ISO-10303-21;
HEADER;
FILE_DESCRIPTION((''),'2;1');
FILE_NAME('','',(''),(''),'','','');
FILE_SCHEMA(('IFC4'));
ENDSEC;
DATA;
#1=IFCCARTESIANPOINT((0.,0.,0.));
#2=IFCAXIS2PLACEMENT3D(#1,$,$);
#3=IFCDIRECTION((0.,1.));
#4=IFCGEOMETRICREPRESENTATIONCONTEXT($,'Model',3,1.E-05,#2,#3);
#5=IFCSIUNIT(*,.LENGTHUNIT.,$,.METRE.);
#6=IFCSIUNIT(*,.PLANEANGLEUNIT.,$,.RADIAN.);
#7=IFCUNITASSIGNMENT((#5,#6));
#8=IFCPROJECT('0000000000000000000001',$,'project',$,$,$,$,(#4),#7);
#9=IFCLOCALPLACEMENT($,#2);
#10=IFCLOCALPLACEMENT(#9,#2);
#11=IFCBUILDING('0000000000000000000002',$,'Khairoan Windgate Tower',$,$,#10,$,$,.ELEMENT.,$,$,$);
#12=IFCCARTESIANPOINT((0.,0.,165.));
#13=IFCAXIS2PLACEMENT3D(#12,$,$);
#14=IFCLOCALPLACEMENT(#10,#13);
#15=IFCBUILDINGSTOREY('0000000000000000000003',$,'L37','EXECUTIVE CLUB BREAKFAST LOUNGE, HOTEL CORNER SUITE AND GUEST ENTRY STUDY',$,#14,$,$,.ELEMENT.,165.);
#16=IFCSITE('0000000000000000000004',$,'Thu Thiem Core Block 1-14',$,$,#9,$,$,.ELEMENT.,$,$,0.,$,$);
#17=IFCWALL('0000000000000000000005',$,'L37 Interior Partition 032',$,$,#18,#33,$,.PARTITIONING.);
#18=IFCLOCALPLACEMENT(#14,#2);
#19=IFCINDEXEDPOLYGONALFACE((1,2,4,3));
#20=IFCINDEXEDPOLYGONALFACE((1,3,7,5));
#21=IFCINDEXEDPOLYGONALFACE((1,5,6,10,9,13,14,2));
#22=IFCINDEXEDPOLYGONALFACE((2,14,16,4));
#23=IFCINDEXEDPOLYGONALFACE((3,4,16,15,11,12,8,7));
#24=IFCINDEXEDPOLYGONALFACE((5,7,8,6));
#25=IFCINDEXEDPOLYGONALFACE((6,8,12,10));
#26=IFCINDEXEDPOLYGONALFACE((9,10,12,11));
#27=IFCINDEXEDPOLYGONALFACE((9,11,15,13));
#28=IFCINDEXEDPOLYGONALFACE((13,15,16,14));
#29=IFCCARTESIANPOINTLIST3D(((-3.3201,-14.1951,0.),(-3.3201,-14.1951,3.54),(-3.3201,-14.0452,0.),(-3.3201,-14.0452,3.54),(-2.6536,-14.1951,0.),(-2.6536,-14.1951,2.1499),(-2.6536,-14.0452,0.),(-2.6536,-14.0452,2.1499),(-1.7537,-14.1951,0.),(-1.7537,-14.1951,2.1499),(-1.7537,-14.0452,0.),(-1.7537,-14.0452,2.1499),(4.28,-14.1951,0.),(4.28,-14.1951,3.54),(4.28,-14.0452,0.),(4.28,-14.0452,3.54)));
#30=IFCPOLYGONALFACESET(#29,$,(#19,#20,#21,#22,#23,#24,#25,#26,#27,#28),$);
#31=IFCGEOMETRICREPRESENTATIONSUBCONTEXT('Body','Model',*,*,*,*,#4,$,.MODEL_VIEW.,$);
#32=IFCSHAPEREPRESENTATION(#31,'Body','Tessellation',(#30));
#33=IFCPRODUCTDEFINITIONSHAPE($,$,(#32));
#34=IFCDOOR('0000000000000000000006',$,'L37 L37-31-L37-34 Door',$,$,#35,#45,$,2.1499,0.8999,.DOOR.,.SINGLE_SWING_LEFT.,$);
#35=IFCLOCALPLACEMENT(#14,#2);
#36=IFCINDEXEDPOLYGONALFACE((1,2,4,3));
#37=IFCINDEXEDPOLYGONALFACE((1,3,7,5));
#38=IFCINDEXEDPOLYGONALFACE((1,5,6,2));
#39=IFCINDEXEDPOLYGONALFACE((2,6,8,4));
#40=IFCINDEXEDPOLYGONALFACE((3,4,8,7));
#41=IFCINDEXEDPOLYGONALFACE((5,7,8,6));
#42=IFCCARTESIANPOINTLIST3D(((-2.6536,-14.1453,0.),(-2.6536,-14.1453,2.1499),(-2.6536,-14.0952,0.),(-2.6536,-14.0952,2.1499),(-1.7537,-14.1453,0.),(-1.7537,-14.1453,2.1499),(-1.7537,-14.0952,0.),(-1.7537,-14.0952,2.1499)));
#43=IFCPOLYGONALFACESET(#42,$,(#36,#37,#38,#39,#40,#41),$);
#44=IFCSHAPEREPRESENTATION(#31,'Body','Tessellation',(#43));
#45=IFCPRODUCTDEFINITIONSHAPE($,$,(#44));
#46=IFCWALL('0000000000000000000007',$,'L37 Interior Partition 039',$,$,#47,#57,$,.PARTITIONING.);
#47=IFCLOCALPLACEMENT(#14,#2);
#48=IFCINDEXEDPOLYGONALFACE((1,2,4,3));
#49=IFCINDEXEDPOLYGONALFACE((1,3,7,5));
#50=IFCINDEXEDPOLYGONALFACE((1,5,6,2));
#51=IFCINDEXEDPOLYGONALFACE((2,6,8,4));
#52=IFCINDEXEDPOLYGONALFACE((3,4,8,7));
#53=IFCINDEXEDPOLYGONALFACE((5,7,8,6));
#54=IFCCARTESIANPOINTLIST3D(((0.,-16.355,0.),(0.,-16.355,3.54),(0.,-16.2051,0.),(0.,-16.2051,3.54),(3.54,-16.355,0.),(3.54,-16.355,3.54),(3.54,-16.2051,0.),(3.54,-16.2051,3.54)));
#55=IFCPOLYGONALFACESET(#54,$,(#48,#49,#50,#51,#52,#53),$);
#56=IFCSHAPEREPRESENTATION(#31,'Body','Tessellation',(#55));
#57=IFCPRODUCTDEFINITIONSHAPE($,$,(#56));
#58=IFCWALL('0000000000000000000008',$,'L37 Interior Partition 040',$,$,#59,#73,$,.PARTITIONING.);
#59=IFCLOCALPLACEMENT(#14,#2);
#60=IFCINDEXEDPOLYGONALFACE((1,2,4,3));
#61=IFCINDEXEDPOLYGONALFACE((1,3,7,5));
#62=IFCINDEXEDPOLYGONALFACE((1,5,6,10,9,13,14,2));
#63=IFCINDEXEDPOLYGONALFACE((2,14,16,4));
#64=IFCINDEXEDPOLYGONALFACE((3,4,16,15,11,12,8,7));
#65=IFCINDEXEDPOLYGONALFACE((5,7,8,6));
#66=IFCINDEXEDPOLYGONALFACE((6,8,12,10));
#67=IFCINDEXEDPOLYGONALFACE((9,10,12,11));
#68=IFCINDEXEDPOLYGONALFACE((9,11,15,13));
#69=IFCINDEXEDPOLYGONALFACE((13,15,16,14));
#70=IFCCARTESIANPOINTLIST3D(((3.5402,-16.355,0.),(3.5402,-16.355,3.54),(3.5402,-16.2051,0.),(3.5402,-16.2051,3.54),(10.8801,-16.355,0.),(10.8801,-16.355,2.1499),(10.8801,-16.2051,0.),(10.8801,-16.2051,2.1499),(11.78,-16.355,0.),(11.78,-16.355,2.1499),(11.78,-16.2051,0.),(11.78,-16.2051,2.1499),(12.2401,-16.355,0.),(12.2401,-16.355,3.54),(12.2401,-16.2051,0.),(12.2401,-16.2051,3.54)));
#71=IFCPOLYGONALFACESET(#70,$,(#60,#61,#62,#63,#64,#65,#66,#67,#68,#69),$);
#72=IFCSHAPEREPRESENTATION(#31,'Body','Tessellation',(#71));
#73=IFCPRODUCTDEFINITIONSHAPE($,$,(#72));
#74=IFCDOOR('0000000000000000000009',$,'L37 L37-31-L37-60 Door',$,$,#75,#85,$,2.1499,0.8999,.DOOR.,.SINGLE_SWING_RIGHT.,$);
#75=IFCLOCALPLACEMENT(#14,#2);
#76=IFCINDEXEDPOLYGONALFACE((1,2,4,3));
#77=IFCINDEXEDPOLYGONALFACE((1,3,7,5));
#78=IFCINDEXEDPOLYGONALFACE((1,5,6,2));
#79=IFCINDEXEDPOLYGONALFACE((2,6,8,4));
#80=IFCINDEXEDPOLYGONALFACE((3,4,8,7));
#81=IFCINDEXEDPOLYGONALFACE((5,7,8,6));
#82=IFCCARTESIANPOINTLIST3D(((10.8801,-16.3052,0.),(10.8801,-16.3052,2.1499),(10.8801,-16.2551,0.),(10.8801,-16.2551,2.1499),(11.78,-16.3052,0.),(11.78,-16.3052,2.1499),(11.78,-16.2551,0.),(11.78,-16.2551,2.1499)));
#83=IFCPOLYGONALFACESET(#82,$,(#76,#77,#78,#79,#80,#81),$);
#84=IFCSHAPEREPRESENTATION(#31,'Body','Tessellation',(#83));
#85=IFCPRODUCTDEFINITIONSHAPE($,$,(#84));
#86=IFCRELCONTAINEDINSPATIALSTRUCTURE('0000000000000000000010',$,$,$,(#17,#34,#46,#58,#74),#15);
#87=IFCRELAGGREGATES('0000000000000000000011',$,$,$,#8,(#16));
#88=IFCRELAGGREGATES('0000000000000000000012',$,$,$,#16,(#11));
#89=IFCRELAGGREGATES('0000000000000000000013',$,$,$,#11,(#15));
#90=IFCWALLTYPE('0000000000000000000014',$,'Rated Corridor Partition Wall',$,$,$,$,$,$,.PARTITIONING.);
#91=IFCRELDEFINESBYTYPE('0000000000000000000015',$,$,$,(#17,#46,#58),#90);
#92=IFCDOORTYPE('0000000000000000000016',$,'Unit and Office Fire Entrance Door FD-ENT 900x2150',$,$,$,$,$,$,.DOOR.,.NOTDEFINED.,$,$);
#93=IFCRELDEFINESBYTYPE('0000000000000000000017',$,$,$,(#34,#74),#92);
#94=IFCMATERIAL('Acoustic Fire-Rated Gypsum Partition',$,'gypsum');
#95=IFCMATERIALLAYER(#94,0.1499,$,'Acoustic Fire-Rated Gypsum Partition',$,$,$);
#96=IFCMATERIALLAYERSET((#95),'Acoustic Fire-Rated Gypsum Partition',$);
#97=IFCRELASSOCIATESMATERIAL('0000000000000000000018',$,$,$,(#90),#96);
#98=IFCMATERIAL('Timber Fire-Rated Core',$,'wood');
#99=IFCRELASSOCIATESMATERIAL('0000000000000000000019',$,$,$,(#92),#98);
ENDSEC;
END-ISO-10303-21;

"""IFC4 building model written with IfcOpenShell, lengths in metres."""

from ifc_helpers import new_model, si_unit, direction, frame, frame_2d, origin, place, context, subcontext, project, spatial, rectangle, extrude, material, layer, layer_set, type_object, element, fill, save


model = new_model("IFC4")

# Units and contexts
model_context = context("Model", 3, precision=1e-05, world=origin(), true_north=direction((0.0, 1.0)))
body_context = subcontext(model_context, "Body", "Model", "MODEL_VIEW")
ifc_project = project(units=[si_unit("LENGTHUNIT", "METRE"), si_unit("PLANEANGLEUNIT", "RADIAN")], contexts=[model_context])

# Site, building, storey
site_placement = place(None, origin())
site = spatial("IfcSite", under=ifc_project, at=site_placement, Name="Thu Thiem Core Block 1-14", CompositionType="ELEMENT", RefElevation=0.0)
building_placement = place(site_placement, origin())
building = spatial("IfcBuilding", under=site, at=building_placement, Name="Khairoan Windgate Tower", CompositionType="ELEMENT")
storey_placement = place(building_placement, frame((0.0, 0.0, 165.0)))
storey = spatial("IfcBuildingStorey", under=building, at=storey_placement, Name="L37", Description="EXECUTIVE CLUB BREAKFAST LOUNGE, HOTEL CORNER SUITE AND GUEST ENTRY STUDY", CompositionType="ELEMENT", Elevation=165.0)

# Wall, opening, door
ifc_material_1 = material(Name="Acoustic Fire-Rated Gypsum Partition", Category="gypsum")
ifc_layer_1 = layer(ifc_material_1, 0.1499, Name="Acoustic Fire-Rated Gypsum Partition")
ifc_layer_set_1 = layer_set([ifc_layer_1], Name="Acoustic Fire-Rated Gypsum Partition")
wall_type_1 = type_object("IfcWallType", Name="Rated Corridor Partition Wall", PredefinedType="PARTITIONING", material=ifc_layer_set_1)
ifc_material_2 = material(Name="Timber Fire-Rated Core", Category="wood")
door_type = type_object("IfcDoorType", Name="Unit and Office Fire Entrance Door FD-ENT 900x2150", OperationType="NOTDEFINED", PredefinedType="DOOR", material=ifc_material_2)
wall_1_placement = place(storey_placement, frame((-3.3201, -14.1201, 0.0), z_axis=(0.0, 0.0, 1.0), x_axis=(1.0, 0.0, 0.0)))
wall_1 = element("IfcWall", 1, at=wall_1_placement, inside=storey, type_object=wall_type_1, Name="L37 Interior Partition 032", PredefinedType="PARTITIONING", context=body_context, shape_type="SweptSolid", body=[
    extrude(rectangle(XDim=7.6001, YDim=0.1499, at=frame_2d((3.8, 0.0))), origin(), (0.0, 0.0, 1.0), 3.54),
])
opening_1_placement = place(wall_1_placement, frame((0.6665, 0.0, 0.0)))
opening_1 = element("IfcOpeningElement", 2, at=opening_1_placement, cuts=wall_1, PredefinedType="OPENING", context=body_context, shape_type="SweptSolid", body=[
    extrude(rectangle(XDim=0.8999, YDim=2.1499, at=frame_2d((0.45, 1.075))), frame((0.0, 0.085, 0.0), z_axis=(0.0, -1.0, 0.0), x_axis=(1.0, 0.0, 0.0)), (0.0, 0.0, 1.0), 0.1699),
])
door_1_placement = place(opening_1_placement, origin())
door_1 = element("IfcDoor", 3, at=door_1_placement, inside=storey, type_object=door_type, Name="L37 L37-31-L37-34 Door", OperationType="SINGLE_SWING_LEFT", OverallHeight=2.1499, OverallWidth=0.8999, PredefinedType="DOOR", context=body_context, shape_type="SweptSolid", body=[
    extrude(rectangle(XDim=0.8999, YDim=2.1499, at=frame_2d((0.45, 1.075))), frame((0.0, 0.0249, 0.0), z_axis=(0.0, -1.0, 0.0), x_axis=(1.0, 0.0, 0.0)), (0.0, 0.0, 1.0), 0.05),
])
fill(opening_1, door_1)

# Wall
wall_2_placement = place(storey_placement, frame((0.0, -16.28, 0.0), z_axis=(0.0, 0.0, 1.0), x_axis=(1.0, 0.0, 0.0)))
element("IfcWall", 4, at=wall_2_placement, inside=storey, type_object=wall_type_1, Name="L37 Interior Partition 039", PredefinedType="PARTITIONING", context=body_context, shape_type="SweptSolid", body=[
    extrude(rectangle(XDim=3.54, YDim=0.1499, at=frame_2d((1.77, 0.0))), origin(), (0.0, 0.0, 1.0), 3.54),
])

# Wall, opening, door
wall_3_placement = place(storey_placement, frame((3.54, -16.28, 0.0), z_axis=(0.0, 0.0, 1.0), x_axis=(1.0, 0.0, 0.0)))
wall_3 = element("IfcWall", 5, at=wall_3_placement, inside=storey, type_object=wall_type_1, Name="L37 Interior Partition 040", PredefinedType="PARTITIONING", context=body_context, shape_type="SweptSolid", body=[
    extrude(rectangle(XDim=8.7, YDim=0.1499, at=frame_2d((4.3501, 0.0))), origin(), (0.0, 0.0, 1.0), 3.54),
])
opening_2_placement = place(wall_3_placement, frame((7.3401, 0.0, 0.0)))
opening_2 = element("IfcOpeningElement", 6, at=opening_2_placement, cuts=wall_3, PredefinedType="OPENING", context=body_context, shape_type="SweptSolid", body=[
    extrude(rectangle(XDim=0.8999, YDim=2.1499, at=frame_2d((0.45, 1.075))), frame((0.0, 0.085, 0.0), z_axis=(0.0, -1.0, 0.0), x_axis=(1.0, 0.0, 0.0)), (0.0, 0.0, 1.0), 0.1699),
])
door_2_placement = place(opening_2_placement, origin())
door_2 = element("IfcDoor", 7, at=door_2_placement, inside=storey, type_object=door_type, Name="L37 L37-31-L37-60 Door", OperationType="SINGLE_SWING_RIGHT", OverallHeight=2.1499, OverallWidth=0.8999, PredefinedType="DOOR", context=body_context, shape_type="SweptSolid", body=[
    extrude(rectangle(XDim=0.8999, YDim=2.1499, at=frame_2d((0.45, 1.075))), frame((0.0, 0.0249, 0.0), z_axis=(0.0, -1.0, 0.0), x_axis=(1.0, 0.0, 0.0)), (0.0, 0.0, 1.0), 0.05),
])
fill(opening_2, door_2)

save(model, "model.ifc")
